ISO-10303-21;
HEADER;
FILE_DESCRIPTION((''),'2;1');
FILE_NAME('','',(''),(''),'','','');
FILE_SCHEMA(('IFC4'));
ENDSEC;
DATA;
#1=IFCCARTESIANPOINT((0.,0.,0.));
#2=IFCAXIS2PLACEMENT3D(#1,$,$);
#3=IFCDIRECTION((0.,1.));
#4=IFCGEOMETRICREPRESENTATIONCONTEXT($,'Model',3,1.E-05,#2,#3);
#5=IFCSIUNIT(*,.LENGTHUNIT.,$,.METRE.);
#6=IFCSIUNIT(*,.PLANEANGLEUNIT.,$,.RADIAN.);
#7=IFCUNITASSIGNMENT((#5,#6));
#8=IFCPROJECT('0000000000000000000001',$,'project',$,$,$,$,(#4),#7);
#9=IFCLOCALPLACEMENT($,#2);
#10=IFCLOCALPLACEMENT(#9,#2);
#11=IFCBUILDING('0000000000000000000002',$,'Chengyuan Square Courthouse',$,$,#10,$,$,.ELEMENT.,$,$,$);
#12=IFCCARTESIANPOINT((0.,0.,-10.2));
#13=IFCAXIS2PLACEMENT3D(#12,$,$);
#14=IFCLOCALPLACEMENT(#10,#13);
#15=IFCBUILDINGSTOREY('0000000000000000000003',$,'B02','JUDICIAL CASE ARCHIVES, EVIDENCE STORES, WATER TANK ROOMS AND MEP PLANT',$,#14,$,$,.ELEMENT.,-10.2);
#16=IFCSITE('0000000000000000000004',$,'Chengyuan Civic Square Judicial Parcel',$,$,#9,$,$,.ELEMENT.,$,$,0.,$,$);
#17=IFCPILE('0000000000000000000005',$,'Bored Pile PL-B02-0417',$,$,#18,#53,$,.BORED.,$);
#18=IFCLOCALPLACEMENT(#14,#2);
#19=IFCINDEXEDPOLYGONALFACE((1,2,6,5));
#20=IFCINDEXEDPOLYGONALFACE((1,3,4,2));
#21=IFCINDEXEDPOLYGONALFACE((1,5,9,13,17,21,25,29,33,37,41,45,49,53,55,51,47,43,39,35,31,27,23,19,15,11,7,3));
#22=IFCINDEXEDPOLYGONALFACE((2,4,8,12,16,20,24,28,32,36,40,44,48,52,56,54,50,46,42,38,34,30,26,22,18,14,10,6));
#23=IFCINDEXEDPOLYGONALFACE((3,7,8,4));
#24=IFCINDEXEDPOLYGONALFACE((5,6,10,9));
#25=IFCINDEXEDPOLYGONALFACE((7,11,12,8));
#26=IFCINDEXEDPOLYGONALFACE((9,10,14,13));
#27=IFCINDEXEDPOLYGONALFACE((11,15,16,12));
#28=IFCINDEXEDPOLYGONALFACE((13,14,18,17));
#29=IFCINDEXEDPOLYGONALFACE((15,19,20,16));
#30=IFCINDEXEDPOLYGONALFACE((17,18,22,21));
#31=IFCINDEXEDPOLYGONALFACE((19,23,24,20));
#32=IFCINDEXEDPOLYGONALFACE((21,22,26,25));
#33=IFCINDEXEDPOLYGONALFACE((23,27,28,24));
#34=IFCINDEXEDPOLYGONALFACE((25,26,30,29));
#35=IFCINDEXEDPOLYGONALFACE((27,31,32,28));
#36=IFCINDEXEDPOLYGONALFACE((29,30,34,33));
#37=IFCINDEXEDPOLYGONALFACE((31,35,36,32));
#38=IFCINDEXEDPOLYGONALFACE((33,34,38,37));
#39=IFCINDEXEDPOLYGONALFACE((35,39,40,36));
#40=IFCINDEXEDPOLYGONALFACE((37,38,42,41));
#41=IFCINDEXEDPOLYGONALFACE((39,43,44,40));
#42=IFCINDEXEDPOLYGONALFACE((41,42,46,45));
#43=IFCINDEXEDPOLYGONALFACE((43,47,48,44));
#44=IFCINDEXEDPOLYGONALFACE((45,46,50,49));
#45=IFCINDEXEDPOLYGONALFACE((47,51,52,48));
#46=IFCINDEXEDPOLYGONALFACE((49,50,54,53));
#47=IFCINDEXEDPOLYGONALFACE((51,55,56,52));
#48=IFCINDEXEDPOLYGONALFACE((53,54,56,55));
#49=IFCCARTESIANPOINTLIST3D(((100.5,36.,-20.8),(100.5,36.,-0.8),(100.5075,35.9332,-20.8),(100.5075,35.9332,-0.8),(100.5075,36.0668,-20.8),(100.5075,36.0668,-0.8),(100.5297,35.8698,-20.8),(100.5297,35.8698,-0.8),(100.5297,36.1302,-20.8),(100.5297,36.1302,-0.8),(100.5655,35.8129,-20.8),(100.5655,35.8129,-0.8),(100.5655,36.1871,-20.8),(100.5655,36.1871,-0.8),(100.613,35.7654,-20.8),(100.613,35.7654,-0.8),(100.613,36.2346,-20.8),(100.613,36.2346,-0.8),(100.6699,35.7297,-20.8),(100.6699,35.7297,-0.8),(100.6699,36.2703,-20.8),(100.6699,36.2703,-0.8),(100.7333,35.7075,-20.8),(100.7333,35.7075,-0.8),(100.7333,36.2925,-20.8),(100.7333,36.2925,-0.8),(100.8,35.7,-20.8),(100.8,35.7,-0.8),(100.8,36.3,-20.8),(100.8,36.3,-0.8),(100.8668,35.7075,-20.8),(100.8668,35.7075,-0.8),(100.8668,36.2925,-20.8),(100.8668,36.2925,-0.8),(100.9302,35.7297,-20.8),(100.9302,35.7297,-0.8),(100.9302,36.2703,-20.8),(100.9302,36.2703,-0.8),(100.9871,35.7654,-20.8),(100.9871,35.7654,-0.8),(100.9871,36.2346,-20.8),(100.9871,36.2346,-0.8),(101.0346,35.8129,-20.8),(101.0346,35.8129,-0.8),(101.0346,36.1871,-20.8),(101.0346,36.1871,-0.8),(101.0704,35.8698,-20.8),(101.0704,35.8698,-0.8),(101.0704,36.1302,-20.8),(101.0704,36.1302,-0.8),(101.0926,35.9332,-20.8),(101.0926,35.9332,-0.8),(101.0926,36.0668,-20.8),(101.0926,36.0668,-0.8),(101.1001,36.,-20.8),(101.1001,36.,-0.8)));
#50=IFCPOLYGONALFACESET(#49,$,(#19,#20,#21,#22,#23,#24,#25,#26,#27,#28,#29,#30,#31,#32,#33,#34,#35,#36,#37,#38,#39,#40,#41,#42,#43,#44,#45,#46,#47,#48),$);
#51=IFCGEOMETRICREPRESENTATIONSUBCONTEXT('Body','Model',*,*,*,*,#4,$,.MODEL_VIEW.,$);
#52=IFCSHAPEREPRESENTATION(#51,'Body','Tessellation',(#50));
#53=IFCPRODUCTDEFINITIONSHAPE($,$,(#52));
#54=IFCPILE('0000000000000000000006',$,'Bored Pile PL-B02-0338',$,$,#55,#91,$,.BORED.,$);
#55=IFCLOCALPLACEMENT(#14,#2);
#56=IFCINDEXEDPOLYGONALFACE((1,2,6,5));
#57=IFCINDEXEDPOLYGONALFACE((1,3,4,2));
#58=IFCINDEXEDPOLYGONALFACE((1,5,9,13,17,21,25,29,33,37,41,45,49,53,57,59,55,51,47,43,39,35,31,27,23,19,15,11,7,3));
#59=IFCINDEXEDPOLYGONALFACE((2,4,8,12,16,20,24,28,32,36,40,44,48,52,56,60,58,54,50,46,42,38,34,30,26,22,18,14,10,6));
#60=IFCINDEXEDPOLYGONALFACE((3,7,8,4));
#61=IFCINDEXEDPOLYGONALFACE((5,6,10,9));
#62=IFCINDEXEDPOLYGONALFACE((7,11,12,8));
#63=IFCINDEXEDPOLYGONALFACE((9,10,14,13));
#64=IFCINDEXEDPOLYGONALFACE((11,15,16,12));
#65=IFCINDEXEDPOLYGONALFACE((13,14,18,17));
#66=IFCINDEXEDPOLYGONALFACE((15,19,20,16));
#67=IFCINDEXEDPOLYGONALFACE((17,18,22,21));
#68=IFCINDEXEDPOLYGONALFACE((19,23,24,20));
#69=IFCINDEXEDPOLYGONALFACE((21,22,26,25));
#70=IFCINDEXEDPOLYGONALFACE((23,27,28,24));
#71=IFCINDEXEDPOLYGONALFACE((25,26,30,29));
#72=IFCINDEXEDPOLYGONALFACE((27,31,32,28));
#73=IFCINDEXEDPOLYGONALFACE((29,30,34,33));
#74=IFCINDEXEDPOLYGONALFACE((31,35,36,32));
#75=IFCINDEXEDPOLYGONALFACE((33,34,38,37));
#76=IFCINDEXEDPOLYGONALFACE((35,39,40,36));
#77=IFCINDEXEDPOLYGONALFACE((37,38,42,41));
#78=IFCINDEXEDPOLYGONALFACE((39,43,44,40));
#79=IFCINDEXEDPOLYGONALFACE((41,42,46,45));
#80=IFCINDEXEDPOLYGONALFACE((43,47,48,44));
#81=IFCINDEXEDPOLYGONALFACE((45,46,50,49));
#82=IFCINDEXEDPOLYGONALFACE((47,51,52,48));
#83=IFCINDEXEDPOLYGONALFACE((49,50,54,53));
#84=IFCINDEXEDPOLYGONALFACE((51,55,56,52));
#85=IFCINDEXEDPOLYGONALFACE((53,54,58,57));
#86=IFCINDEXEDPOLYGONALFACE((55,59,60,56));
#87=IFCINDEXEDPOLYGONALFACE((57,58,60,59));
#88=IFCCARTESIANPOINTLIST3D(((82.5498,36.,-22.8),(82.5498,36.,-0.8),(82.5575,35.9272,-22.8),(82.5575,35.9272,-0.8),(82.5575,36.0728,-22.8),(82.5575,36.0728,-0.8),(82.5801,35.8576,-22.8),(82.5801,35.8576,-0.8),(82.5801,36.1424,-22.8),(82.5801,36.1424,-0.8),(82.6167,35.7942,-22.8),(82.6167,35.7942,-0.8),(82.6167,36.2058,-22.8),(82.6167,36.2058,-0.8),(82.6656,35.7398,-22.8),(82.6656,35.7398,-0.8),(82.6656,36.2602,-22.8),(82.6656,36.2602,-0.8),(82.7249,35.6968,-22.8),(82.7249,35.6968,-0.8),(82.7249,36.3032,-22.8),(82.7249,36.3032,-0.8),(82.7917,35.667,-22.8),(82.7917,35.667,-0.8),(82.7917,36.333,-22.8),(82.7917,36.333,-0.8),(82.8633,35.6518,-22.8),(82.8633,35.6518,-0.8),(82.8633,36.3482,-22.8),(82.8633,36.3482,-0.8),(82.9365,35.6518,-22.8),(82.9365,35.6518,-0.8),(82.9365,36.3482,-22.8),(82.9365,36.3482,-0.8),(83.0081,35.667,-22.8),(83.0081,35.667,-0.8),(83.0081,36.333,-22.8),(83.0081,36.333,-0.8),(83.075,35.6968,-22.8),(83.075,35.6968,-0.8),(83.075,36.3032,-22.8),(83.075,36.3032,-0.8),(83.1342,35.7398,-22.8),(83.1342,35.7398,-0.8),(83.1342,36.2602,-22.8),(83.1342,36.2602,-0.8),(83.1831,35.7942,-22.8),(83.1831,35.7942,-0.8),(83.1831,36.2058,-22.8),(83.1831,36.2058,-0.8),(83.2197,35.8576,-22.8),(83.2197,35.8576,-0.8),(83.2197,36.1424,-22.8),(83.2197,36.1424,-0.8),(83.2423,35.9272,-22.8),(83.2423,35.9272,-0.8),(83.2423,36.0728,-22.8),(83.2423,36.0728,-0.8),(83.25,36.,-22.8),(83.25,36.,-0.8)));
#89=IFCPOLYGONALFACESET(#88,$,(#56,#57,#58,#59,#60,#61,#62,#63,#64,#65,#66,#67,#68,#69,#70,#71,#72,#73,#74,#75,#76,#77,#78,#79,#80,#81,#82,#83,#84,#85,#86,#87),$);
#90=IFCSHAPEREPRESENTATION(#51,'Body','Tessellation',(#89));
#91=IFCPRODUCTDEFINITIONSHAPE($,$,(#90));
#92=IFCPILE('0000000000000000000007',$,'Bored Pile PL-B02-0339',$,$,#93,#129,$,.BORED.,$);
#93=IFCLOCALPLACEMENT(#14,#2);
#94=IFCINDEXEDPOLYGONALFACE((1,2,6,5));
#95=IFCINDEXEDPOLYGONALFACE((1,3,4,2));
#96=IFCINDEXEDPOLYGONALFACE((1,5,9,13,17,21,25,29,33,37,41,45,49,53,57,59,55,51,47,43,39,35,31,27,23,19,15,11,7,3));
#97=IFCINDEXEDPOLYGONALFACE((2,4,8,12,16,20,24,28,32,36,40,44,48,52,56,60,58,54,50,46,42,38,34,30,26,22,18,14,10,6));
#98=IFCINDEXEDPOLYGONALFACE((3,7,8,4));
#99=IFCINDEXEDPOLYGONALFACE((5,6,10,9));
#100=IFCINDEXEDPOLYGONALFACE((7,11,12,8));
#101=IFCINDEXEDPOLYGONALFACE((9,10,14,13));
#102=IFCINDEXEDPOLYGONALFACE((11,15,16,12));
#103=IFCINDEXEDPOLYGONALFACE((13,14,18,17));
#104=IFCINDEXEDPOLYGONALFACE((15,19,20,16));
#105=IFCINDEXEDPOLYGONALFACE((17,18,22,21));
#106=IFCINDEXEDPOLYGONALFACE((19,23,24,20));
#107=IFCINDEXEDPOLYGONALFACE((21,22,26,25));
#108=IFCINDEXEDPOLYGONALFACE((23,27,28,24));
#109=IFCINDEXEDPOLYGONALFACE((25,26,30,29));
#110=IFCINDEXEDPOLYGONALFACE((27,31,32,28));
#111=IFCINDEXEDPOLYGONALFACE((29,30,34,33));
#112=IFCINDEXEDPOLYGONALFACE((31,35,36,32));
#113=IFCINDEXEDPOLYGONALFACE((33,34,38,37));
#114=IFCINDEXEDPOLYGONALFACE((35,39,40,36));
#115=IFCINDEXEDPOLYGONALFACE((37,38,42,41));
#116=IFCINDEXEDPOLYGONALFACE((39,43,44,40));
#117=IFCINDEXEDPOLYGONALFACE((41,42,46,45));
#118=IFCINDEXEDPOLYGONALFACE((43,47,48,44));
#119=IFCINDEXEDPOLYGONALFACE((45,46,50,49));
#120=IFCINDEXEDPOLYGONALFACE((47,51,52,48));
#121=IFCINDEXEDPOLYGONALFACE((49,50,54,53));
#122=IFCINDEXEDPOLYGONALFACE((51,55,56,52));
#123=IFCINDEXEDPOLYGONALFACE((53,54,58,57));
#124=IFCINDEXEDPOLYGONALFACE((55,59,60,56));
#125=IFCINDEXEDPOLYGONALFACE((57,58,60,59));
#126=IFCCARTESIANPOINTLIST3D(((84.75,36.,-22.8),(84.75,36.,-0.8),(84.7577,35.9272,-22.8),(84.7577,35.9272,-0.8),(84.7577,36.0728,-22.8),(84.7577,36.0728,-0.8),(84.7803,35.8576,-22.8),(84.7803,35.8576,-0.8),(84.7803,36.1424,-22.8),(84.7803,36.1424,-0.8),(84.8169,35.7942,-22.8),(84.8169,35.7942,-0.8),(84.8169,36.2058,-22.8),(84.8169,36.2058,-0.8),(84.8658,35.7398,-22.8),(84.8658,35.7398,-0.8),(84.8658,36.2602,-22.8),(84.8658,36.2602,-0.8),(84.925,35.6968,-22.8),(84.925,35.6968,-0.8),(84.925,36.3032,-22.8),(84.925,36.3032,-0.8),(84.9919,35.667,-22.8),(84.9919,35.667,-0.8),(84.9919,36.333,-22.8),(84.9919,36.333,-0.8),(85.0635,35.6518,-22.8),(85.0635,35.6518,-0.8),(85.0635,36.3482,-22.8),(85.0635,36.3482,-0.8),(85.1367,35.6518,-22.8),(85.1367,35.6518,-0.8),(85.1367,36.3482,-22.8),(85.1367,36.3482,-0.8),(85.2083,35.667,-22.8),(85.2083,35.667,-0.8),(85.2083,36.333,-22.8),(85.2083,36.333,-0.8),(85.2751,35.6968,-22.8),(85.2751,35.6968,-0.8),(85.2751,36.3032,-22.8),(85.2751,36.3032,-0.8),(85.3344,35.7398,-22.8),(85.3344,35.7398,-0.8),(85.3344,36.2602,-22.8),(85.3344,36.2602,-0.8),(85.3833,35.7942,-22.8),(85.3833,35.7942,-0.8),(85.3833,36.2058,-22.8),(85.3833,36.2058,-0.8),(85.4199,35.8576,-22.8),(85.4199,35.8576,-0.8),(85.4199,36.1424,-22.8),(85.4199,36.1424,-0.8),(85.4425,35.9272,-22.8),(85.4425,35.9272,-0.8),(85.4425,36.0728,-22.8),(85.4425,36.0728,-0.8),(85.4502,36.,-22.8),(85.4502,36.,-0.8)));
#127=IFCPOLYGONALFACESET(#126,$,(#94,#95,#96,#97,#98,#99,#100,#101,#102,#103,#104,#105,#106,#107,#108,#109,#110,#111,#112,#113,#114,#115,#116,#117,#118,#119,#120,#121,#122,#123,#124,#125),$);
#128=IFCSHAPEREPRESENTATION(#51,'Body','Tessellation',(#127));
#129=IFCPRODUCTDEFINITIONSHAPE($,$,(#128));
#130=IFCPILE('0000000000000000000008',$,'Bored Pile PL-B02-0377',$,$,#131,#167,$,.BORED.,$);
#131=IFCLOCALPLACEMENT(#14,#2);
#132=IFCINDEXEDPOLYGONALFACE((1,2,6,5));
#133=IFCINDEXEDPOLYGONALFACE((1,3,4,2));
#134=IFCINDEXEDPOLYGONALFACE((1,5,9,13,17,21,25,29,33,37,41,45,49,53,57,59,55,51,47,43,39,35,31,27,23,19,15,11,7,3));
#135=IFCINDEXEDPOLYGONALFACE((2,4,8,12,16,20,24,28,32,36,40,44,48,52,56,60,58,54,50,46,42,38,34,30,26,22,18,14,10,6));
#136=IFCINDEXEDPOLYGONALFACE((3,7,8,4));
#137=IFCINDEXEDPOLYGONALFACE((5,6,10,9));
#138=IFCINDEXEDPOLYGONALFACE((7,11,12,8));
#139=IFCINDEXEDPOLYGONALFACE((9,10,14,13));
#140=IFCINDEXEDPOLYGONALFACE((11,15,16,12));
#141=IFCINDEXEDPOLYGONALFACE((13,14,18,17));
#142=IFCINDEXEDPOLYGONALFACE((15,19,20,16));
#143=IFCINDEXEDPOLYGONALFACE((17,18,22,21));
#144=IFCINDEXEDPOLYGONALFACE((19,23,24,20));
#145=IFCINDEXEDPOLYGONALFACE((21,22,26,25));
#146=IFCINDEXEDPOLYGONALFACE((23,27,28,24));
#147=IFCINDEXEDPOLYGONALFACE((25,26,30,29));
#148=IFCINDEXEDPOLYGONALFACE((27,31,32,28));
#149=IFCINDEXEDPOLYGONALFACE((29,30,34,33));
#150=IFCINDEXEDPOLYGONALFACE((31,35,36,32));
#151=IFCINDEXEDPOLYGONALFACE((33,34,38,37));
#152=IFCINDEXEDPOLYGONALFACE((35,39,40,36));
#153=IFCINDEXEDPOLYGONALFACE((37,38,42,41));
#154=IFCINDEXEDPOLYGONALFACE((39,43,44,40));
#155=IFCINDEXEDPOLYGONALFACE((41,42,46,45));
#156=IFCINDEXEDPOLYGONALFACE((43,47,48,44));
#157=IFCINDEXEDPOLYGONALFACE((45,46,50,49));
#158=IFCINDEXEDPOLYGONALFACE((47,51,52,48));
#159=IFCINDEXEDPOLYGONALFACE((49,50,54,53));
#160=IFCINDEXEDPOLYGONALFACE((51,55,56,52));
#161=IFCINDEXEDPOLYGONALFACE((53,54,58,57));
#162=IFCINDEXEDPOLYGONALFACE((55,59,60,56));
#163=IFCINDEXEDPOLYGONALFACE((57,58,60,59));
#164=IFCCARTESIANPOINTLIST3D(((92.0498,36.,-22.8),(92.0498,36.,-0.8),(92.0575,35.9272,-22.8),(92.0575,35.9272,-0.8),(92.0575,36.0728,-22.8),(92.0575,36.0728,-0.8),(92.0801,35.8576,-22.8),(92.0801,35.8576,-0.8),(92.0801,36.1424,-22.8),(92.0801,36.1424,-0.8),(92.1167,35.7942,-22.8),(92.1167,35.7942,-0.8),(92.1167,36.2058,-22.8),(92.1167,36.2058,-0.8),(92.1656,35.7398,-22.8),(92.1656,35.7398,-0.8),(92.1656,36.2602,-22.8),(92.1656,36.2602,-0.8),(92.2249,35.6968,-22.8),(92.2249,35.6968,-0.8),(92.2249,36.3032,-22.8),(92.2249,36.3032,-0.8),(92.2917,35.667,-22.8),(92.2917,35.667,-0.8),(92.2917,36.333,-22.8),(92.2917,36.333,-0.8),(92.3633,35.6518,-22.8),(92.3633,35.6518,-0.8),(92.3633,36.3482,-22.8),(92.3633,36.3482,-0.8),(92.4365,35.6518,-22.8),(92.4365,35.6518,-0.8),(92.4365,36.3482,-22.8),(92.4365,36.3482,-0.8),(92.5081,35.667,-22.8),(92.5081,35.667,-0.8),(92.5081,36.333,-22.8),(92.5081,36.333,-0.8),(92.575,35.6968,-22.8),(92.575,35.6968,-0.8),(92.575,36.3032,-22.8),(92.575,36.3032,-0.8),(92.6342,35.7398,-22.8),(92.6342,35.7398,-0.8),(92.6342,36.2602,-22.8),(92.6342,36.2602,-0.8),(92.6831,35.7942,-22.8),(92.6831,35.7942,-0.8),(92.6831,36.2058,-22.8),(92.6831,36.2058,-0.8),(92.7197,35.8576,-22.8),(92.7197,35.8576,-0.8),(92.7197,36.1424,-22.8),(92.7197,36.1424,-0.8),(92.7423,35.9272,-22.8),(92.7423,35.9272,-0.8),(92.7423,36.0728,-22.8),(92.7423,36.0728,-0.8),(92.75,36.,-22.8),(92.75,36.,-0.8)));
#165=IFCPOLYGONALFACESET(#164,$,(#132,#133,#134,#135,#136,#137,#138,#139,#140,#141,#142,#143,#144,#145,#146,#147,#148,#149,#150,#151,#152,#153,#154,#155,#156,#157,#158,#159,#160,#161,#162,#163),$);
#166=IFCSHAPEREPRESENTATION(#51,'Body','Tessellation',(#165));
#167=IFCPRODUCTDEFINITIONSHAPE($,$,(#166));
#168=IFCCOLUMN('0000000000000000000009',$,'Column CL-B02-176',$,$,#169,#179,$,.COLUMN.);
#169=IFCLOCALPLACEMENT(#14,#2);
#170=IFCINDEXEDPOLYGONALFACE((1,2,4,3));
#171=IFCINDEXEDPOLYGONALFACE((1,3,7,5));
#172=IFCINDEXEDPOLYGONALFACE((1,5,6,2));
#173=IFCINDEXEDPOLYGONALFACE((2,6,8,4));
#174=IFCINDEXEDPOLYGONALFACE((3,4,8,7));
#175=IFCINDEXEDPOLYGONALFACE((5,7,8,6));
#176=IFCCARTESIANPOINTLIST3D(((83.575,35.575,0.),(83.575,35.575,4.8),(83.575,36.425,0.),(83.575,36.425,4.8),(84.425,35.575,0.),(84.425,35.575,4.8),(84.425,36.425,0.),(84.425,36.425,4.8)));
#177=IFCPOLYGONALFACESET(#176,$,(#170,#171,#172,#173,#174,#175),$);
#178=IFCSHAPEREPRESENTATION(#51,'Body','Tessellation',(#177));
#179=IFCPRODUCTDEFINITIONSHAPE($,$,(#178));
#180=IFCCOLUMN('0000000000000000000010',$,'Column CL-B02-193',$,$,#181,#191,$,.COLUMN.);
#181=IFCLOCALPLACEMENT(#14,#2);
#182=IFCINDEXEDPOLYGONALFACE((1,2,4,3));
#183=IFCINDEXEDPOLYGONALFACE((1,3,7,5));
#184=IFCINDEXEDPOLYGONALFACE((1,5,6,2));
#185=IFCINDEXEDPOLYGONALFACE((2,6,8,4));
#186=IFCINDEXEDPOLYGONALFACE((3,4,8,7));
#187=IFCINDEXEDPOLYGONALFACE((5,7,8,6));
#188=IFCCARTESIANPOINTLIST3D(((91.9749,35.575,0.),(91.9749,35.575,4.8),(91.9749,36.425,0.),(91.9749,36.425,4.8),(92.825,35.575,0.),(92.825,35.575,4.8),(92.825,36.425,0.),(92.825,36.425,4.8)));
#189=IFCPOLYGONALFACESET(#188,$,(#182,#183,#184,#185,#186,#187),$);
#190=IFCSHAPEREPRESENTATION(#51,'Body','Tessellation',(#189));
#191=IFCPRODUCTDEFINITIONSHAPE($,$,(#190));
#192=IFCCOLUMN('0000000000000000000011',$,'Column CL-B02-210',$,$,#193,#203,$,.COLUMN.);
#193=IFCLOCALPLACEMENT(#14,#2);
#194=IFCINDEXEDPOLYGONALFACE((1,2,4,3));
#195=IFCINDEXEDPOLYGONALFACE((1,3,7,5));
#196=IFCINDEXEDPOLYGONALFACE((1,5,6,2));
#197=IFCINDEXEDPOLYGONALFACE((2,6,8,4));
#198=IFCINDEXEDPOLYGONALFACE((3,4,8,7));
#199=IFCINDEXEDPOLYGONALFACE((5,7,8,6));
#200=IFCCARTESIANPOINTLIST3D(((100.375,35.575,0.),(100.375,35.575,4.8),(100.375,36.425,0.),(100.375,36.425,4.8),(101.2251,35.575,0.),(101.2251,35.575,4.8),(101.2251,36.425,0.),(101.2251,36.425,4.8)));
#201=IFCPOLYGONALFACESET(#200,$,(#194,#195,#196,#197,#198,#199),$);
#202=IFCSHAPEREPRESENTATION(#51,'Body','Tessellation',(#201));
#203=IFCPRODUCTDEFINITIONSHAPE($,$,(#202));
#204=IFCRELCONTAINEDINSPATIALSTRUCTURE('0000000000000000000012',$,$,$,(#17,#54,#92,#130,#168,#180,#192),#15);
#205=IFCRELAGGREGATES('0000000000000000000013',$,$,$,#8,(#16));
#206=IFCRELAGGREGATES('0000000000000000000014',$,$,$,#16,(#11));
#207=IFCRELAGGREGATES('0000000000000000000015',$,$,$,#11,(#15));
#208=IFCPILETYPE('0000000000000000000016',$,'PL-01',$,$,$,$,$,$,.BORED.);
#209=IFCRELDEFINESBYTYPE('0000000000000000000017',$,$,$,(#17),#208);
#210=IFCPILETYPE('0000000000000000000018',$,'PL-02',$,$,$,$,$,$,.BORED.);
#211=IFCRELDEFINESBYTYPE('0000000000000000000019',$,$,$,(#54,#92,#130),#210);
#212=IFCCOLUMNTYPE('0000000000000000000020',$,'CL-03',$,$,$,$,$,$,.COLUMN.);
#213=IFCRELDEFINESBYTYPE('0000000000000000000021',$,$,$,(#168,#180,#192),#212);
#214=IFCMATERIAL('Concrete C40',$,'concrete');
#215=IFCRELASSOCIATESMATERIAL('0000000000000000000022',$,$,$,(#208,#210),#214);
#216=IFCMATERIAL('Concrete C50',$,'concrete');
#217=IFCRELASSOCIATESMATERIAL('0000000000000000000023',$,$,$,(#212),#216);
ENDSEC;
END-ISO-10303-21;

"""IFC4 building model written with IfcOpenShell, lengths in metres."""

from ifc_helpers import new_model, si_unit, direction, frame, origin, origin_2d, place, context, subcontext, project, spatial, rectangle, circle, extrude, material, material_profile, profile_set, type_object, element, save


model = new_model("IFC4")

# Units and contexts
model_context = context("Model", 3, precision=1e-05, world=origin(), true_north=direction((0.0, 1.0)))
body_context = subcontext(model_context, "Body", "Model", "MODEL_VIEW")
ifc_project = project(units=[si_unit("LENGTHUNIT", "METRE"), si_unit("PLANEANGLEUNIT", "RADIAN")], contexts=[model_context])

# Site, building, storey
site_placement = place(None, origin())
site = spatial("IfcSite", under=ifc_project, at=site_placement, Name="Chengyuan Civic Square Judicial Parcel", CompositionType="ELEMENT", RefElevation=0.0)
building_placement = place(site_placement, origin())
building = spatial("IfcBuilding", under=site, at=building_placement, Name="Chengyuan Square Courthouse", CompositionType="ELEMENT")
storey_placement = place(building_placement, frame((0.0, 0.0, -10.2)))
storey = spatial("IfcBuildingStorey", under=building, at=storey_placement, Name="B02", Description="JUDICIAL CASE ARCHIVES, EVIDENCE STORES, WATER TANK ROOMS AND MEP PLANT", CompositionType="ELEMENT", Elevation=-10.2)

# Shared definitions
ifc_material_1 = material(Name="Concrete C40", Category="concrete")

# Piles
ifc_material_profile_1 = material_profile(ifc_material_1, circle(Radius=0.3, at=origin_2d()), Name="BORED PILE D600")
ifc_profile_set_1 = profile_set([ifc_material_profile_1], Name="Concrete C40")
pile_type_1 = type_object("IfcPileType", Name="PL-01", PredefinedType="BORED", material=ifc_profile_set_1)
pile_placement = place(storey_placement, frame((100.8, 36.0, -0.8), z_axis=(0.0, 0.0, -1.0), x_axis=(1.0, 0.0, 0.0)))
element("IfcPile", 1, at=pile_placement, inside=storey, type_object=pile_type_1, Name="Bored Pile PL-B02-0417", PredefinedType="BORED", context=body_context, shape_type="SweptSolid", body=[
    extrude(circle(Radius=0.3, at=origin_2d()), origin(), (0.0, 0.0, 1.0), 20.0),
])
ifc_material_profile_2 = material_profile(ifc_material_1, circle(Radius=0.3501, at=origin_2d()), Name="BORED PILE D700")
ifc_profile_set_2 = profile_set([ifc_material_profile_2], Name="Concrete C40")
pile_type_2 = type_object("IfcPileType", Name="PL-02", PredefinedType="BORED", material=ifc_profile_set_2)
for number, where, z_axis, x_axis, name in (
    (2, (82.8999, 36.0, -0.8), (0.0, 0.0, -1.0), (1.0, 0.0, 0.0), "Bored Pile PL-B02-0338"),
    (3, (85.1001, 36.0, -0.8), (0.0, 0.0, -1.0), (1.0, 0.0, 0.0), "Bored Pile PL-B02-0339"),
    (4, (92.3999, 36.0, -0.8), (0.0, 0.0, -1.0), (1.0, 0.0, 0.0), "Bored Pile PL-B02-0377"),
):
    element("IfcPile", number, at=place(storey_placement, frame(where, z_axis=z_axis, x_axis=x_axis)), inside=storey, type_object=pile_type_2, Name=name, PredefinedType="BORED", context=body_context, shape_type="SweptSolid", body=[
        extrude(circle(Radius=0.3501, at=origin_2d()), origin(), (0.0, 0.0, 1.0), 22.0),
    ])

# Columns
ifc_material_2 = material(Name="Concrete C50", Category="concrete")
ifc_material_profile_3 = material_profile(ifc_material_2, rectangle(XDim=0.8501, YDim=0.8501, at=origin_2d()), Name="RC-COL-850x850")
ifc_profile_set_3 = profile_set([ifc_material_profile_3], Name="Concrete C50")
column_type = type_object("IfcColumnType", Name="CL-03", PredefinedType="COLUMN", material=ifc_profile_set_3)
for number, where, z_axis, x_axis, name in (
    (5, (84.0, 36.0, 0.0), (0.0, 0.0, 1.0), (1.0, 0.0, 0.0), "Column CL-B02-176"),
    (6, (92.3999, 36.0, 0.0), (0.0, 0.0, 1.0), (1.0, 0.0, 0.0), "Column CL-B02-193"),
    (7, (100.8, 36.0, 0.0), (0.0, 0.0, 1.0), (1.0, 0.0, 0.0), "Column CL-B02-210"),
):
    element("IfcColumn", number, at=place(storey_placement, frame(where, z_axis=z_axis, x_axis=x_axis)), inside=storey, type_object=column_type, Name=name, PredefinedType="COLUMN", context=body_context, shape_type="SweptSolid", body=[
        extrude(rectangle(XDim=0.8501, YDim=0.8501, at=origin_2d()), origin(), (0.0, 0.0, 1.0), 4.8),
    ])

save(model, "model.ifc")
